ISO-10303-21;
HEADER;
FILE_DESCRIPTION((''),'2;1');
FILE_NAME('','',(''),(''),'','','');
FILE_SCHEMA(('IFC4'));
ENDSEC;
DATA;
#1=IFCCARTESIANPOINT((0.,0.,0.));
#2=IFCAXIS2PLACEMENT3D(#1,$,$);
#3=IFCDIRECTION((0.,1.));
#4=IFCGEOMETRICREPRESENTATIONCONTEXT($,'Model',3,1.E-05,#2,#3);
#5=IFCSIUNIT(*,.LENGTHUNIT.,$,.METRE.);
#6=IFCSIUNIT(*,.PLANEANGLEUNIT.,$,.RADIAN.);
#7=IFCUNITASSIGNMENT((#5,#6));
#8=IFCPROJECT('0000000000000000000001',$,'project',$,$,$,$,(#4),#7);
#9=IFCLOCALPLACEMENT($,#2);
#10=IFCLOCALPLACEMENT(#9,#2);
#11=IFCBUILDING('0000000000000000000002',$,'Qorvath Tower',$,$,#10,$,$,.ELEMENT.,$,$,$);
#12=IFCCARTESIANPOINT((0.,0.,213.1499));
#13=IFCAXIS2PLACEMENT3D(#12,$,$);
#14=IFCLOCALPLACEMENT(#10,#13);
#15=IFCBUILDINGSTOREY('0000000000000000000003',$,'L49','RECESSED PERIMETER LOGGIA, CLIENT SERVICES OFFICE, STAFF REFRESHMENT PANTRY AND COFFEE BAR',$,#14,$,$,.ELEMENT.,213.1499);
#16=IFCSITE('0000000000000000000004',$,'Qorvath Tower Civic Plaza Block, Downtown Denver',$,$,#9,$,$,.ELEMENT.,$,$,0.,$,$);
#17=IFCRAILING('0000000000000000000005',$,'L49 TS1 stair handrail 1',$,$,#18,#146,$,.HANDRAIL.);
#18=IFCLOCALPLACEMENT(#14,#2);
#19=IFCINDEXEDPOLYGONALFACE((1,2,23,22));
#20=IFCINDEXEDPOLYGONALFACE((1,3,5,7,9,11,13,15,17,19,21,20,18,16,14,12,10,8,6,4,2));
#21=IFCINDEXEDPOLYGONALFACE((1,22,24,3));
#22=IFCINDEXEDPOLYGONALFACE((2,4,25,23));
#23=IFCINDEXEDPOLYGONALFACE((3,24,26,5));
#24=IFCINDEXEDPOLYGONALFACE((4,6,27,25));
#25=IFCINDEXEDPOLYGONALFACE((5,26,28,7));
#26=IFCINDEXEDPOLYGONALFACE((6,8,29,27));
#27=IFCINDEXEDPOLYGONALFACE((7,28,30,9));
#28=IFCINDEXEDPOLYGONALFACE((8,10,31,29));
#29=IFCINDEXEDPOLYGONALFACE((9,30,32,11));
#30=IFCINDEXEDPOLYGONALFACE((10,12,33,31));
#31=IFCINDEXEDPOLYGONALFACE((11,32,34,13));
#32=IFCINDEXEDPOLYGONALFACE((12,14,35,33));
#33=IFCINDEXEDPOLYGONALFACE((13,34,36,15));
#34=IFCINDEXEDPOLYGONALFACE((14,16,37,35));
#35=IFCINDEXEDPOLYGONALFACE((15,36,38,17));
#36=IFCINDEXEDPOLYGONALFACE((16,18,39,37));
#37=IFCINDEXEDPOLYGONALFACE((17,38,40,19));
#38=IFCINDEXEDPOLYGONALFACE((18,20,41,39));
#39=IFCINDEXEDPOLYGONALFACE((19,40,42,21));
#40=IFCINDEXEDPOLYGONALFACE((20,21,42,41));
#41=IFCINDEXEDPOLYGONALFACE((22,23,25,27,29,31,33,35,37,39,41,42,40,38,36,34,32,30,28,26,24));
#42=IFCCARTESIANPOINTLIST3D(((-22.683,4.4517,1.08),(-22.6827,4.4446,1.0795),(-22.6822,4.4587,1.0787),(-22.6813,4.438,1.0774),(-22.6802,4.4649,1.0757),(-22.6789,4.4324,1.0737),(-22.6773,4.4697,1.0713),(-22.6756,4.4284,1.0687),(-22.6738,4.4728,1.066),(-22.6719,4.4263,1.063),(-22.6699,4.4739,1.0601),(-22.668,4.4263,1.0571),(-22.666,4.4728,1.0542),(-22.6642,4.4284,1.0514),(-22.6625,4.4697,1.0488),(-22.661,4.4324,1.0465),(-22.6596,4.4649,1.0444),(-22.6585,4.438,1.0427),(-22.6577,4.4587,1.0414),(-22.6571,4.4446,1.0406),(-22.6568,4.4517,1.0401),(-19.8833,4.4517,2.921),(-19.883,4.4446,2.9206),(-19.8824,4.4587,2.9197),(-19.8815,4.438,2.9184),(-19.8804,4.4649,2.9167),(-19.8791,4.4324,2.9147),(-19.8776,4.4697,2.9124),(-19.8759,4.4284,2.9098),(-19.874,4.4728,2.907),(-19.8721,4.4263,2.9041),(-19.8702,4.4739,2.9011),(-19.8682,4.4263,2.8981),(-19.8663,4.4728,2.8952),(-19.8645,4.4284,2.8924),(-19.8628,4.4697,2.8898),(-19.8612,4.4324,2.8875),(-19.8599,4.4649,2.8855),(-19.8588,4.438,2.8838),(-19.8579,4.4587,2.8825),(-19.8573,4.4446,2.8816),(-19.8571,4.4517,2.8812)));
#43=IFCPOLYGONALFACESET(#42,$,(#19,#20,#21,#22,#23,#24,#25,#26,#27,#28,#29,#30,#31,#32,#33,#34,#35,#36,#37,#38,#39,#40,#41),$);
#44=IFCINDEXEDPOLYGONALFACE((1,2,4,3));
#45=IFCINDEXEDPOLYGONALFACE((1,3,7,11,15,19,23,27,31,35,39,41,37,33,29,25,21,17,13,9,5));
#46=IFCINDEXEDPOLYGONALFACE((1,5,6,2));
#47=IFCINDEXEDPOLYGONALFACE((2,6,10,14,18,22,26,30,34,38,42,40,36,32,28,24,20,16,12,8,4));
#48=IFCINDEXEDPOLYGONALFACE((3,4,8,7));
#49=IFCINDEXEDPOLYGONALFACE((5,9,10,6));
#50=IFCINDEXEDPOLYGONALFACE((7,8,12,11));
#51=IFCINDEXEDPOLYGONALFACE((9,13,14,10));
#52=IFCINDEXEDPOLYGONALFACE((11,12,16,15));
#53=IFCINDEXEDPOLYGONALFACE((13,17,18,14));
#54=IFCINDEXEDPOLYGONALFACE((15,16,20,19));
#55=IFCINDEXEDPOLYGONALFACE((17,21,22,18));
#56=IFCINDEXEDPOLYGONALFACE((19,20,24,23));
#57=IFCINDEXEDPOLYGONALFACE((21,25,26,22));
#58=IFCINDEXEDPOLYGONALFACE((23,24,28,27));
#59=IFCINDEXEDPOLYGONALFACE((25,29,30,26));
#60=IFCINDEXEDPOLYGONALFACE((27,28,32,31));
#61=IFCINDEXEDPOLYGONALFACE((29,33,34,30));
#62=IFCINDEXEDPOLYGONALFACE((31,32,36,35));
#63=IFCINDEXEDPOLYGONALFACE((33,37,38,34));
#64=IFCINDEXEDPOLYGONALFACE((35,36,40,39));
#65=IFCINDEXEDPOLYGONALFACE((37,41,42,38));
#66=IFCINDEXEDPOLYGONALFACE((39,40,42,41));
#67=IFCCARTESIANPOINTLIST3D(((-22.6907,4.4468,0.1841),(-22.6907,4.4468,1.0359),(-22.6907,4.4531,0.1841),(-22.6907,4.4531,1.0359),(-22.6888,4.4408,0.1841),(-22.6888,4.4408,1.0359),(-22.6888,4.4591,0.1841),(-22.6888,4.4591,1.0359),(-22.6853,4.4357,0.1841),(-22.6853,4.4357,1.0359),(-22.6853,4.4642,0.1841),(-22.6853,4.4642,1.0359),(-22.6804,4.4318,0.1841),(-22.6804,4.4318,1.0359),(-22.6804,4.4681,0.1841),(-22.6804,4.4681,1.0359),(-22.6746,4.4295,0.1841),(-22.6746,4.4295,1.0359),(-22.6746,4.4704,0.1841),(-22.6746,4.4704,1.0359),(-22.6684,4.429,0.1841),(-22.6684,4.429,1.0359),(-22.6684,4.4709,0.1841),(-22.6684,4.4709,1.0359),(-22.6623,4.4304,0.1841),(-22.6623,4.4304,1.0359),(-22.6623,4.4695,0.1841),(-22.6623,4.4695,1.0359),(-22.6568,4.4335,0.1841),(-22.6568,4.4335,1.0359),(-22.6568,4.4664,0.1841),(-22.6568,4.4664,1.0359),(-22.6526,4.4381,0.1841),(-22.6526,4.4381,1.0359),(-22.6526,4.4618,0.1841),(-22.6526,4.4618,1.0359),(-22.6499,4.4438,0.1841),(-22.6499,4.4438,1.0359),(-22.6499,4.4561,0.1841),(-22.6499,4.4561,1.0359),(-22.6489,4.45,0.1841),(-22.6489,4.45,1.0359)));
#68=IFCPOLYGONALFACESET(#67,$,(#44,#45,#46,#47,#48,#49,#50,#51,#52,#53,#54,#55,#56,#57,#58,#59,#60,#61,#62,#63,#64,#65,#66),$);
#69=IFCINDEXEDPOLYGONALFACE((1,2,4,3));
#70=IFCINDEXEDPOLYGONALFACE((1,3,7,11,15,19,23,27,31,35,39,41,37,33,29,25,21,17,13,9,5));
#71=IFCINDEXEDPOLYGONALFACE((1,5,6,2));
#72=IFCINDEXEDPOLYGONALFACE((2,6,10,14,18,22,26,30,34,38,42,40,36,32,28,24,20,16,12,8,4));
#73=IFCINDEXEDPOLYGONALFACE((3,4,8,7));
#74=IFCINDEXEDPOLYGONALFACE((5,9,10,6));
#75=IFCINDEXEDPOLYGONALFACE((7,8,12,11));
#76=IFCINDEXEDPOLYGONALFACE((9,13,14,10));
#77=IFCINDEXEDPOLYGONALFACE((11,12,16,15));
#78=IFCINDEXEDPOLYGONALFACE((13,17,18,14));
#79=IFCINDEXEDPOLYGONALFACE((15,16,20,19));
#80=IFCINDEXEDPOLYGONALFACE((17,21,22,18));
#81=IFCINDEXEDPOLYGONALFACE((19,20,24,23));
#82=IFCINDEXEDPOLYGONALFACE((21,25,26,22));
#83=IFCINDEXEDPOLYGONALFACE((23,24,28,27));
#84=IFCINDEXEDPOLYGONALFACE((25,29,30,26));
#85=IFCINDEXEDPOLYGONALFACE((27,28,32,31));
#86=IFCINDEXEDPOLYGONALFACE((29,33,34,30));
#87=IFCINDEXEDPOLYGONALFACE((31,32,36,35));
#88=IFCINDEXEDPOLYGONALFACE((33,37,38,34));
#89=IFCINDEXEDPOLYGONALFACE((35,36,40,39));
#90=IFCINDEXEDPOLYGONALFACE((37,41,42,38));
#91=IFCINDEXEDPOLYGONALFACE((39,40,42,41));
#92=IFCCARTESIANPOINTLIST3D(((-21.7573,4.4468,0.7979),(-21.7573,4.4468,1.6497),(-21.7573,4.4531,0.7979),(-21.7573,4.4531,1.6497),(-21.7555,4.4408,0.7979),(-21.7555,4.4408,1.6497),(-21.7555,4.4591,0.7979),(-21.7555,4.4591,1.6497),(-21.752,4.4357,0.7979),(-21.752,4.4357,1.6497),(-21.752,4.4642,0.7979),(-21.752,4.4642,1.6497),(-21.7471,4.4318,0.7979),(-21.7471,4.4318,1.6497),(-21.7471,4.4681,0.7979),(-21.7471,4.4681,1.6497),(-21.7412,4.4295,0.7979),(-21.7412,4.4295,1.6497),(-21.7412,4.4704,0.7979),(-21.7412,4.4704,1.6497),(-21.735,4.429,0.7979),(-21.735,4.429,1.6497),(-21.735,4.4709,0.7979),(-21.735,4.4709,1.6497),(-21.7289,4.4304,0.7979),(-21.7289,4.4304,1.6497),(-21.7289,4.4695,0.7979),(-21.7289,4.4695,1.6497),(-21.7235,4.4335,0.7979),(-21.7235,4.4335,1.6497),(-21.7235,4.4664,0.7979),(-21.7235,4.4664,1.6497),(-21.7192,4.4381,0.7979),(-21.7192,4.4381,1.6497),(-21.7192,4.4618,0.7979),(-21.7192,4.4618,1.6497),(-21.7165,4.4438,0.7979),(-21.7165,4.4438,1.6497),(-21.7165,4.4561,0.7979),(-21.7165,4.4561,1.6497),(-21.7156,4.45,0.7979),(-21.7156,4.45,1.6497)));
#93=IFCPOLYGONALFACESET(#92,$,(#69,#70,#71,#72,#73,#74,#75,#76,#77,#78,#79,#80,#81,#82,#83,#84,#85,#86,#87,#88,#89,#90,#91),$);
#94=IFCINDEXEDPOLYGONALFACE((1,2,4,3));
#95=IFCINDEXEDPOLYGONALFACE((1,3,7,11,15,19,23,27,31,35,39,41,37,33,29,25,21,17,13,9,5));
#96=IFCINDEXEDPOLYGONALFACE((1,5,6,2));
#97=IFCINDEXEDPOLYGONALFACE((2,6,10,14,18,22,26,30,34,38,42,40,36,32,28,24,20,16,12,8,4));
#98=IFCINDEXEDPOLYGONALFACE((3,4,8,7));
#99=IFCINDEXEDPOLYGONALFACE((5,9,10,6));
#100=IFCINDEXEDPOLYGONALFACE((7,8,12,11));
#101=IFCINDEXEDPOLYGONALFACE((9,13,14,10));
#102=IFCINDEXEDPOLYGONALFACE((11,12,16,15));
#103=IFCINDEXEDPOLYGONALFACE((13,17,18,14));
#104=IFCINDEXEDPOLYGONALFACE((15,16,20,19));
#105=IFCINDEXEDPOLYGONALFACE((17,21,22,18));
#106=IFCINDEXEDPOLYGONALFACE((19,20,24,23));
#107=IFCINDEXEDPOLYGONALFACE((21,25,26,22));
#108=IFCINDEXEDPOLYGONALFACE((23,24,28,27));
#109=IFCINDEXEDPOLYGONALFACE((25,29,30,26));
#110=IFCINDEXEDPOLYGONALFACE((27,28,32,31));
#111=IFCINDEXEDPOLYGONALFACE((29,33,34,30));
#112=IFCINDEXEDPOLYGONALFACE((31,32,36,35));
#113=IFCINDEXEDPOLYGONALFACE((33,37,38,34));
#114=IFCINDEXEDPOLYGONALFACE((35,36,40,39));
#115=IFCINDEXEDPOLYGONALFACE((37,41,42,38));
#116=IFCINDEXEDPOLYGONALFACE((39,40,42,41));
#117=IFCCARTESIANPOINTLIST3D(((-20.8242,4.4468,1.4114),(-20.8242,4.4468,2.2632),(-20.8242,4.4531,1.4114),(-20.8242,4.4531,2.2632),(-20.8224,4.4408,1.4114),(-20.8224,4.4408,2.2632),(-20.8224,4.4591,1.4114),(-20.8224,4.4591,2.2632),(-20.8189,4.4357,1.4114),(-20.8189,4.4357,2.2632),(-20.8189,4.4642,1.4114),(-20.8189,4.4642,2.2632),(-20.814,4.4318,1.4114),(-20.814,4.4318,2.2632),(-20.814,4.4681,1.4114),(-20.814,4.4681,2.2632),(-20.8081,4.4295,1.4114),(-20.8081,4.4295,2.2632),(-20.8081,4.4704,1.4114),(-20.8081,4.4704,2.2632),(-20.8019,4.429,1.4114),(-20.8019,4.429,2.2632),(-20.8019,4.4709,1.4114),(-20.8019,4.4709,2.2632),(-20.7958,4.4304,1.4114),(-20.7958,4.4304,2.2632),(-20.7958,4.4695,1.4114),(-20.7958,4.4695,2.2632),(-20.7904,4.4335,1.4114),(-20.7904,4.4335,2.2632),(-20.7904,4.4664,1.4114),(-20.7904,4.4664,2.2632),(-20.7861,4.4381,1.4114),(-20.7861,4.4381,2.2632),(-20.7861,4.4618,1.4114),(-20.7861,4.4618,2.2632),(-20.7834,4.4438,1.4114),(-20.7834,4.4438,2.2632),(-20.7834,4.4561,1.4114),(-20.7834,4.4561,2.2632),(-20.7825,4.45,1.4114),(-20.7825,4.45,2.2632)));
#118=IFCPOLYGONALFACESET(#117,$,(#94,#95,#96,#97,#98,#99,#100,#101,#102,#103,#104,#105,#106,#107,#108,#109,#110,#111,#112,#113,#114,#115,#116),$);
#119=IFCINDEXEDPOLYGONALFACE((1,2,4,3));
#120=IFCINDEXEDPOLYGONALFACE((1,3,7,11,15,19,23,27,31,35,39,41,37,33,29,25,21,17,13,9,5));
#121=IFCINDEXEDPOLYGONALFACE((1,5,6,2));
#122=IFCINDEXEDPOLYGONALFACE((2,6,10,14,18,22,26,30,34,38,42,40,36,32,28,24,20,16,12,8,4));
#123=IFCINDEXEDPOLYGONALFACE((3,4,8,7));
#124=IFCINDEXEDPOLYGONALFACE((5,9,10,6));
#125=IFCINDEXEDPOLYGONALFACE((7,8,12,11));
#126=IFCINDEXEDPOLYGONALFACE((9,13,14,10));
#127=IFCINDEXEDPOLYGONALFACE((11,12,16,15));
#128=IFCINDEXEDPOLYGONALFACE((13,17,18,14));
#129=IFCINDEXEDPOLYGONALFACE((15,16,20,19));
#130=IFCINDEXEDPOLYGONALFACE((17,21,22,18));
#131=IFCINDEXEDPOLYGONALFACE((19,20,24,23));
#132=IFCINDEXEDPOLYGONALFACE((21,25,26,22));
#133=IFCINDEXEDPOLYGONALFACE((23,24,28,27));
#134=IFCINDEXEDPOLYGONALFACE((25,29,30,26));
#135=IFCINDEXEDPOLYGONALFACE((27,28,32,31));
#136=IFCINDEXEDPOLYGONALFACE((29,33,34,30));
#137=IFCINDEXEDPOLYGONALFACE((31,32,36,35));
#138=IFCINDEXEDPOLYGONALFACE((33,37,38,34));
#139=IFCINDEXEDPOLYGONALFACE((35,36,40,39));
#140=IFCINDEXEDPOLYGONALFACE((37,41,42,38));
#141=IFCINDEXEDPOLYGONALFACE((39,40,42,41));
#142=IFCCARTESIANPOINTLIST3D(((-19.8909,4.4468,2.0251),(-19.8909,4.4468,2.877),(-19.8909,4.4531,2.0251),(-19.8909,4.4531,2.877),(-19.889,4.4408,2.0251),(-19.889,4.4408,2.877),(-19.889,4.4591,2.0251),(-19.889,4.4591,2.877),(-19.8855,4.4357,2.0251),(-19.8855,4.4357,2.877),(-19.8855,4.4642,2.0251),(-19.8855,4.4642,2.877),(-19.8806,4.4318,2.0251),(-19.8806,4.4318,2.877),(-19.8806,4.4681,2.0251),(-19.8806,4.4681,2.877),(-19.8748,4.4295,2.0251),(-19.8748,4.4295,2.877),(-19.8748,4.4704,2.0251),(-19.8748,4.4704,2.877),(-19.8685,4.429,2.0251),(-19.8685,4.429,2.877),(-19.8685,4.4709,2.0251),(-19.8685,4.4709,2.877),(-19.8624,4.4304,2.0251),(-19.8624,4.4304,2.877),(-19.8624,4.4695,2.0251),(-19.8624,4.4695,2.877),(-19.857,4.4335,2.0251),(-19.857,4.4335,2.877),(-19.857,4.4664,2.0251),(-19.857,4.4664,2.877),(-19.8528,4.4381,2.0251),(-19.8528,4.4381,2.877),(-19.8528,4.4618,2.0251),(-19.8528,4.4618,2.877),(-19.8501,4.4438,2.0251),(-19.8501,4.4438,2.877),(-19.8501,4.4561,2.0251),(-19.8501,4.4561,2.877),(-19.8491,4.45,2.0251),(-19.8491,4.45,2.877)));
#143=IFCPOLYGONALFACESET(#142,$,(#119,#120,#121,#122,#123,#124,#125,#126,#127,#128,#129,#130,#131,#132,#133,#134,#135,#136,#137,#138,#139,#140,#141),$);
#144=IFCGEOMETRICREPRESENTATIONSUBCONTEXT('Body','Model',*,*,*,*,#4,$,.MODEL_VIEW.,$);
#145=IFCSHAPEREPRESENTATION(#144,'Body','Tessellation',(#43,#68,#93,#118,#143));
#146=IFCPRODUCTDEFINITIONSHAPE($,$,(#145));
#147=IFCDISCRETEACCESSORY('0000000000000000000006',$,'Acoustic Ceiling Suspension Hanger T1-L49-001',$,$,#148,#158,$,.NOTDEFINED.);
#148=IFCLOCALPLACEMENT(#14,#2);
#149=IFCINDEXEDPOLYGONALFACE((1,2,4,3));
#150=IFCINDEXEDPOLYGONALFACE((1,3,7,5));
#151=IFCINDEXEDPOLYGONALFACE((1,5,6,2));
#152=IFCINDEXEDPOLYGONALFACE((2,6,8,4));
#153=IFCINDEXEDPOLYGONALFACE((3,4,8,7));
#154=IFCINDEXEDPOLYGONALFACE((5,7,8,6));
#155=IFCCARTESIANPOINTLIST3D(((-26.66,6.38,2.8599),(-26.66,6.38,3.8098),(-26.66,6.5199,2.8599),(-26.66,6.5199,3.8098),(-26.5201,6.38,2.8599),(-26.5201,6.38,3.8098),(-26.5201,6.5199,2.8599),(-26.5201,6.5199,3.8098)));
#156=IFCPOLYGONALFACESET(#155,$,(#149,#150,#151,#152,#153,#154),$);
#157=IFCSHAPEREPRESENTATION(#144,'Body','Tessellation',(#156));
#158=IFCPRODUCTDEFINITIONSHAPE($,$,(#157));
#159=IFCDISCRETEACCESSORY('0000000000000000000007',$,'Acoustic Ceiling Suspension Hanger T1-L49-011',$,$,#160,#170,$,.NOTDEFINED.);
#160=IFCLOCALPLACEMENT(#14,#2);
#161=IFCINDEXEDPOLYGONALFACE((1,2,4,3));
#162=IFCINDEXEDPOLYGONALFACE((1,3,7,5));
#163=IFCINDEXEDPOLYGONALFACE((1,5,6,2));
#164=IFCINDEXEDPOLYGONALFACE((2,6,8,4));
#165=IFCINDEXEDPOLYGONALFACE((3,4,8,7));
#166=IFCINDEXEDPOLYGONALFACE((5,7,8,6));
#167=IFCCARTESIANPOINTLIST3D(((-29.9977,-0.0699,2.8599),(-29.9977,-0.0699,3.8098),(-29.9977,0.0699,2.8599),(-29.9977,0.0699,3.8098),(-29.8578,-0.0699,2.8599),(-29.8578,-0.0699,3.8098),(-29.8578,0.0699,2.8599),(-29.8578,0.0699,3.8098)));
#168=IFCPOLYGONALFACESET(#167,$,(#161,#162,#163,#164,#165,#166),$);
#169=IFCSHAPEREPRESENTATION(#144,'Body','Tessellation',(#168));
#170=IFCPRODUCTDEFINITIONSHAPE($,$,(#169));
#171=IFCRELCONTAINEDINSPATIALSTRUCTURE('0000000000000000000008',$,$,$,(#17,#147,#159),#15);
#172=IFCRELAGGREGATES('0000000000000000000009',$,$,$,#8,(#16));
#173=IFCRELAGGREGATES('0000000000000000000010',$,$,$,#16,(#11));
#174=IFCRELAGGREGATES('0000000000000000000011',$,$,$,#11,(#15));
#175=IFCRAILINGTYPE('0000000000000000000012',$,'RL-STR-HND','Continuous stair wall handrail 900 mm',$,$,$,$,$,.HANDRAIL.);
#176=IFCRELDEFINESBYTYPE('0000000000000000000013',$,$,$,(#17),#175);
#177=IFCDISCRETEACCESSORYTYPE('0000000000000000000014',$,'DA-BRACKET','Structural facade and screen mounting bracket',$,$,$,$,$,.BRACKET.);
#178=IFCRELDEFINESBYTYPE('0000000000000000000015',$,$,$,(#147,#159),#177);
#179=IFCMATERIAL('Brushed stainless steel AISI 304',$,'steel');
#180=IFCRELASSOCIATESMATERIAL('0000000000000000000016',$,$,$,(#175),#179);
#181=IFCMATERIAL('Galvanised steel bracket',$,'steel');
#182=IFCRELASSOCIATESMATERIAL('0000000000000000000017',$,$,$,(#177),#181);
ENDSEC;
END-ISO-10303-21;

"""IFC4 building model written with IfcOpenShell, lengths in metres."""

from ifc_helpers import new_model, si_unit, direction, frame, origin, origin_2d, place, context, subcontext, project, spatial, rectangle, circle, extrude, material, type_object, element, save


model = new_model("IFC4")

# Units and contexts
model_context = context("Model", 3, precision=1e-05, world=origin(), true_north=direction((0.0, 1.0)))
body_context = subcontext(model_context, "Body", "Model", "MODEL_VIEW")
ifc_project = project(units=[si_unit("LENGTHUNIT", "METRE"), si_unit("PLANEANGLEUNIT", "RADIAN")], contexts=[model_context])

# Site, building, storey
site_placement = place(None, origin())
site = spatial("IfcSite", under=ifc_project, at=site_placement, Name="Qorvath Tower Civic Plaza Block, Downtown Denver", CompositionType="ELEMENT", RefElevation=0.0)
building_placement = place(site_placement, origin())
building = spatial("IfcBuilding", under=site, at=building_placement, Name="Qorvath Tower", CompositionType="ELEMENT")
storey_placement = place(building_placement, frame((0.0, 0.0, 213.1499)))
storey = spatial("IfcBuildingStorey", under=building, at=storey_placement, Name="L49", Description="RECESSED PERIMETER LOGGIA, CLIENT SERVICES OFFICE, STAFF REFRESHMENT PANTRY AND COFFEE BAR", CompositionType="ELEMENT", Elevation=213.1499)

# Railing
ifc_material_1 = material(Name="Brushed stainless steel AISI 304", Category="steel")
railing_type_1 = type_object("IfcRailingType", Name="RL-STR-HND", Description="Continuous stair wall handrail 900 mm", PredefinedType="HANDRAIL", material=ifc_material_1)
railing_1_placement = place(storey_placement, frame((-22.6699, 4.45, 0.1841)))
element("IfcRailing", 1, at=railing_1_placement, inside=storey, type_object=railing_type_1, Name="L49 TS1 stair handrail 1", PredefinedType="HANDRAIL", context=body_context, shape_type="SweptSolid", body=[
    extrude(circle(Radius=0.0239, at=origin_2d()), frame((0.0, 0.0, 0.876), z_axis=(0.835542, 0.0, 0.549426), x_axis=(0.0, 1.0, 0.0)), (0.0, 0.0, 1.0), 3.3508),
    extrude(circle(Radius=0.021, at=origin_2d()), origin(), (0.0, 0.0, 1.0), 0.8518),
    extrude(circle(Radius=0.021, at=origin_2d()), frame((0.9333, 0.0, 0.6138)), (0.0, 0.0, 1.0), 0.8518),
    extrude(circle(Radius=0.021, at=origin_2d()), frame((1.8665, 0.0, 1.2273)), (0.0, 0.0, 1.0), 0.8518),
    extrude(circle(Radius=0.021, at=origin_2d()), frame((2.7998, 0.0, 1.8411)), (0.0, 0.0, 1.0), 0.8518),
])

# Discrete accessories
ifc_material_2 = material(Name="Galvanised steel bracket", Category="steel")
discrete_accessory_type = type_object("IfcDiscreteAccessoryType", Name="DA-BRACKET", Description="Structural facade and screen mounting bracket", PredefinedType="BRACKET", material=ifc_material_2)
for number, where, z_axis, x_axis, name in (
    (2, (-26.5901, 6.45, 2.8599), (0.0, 0.0, 1.0), (1.0, 0.0, 0.0), "Acoustic Ceiling Suspension Hanger T1-L49-001"),
    (3, (-29.9277, 0.0, 2.8599), (0.0, 0.0, 1.0), (1.0, 0.0, 0.0), "Acoustic Ceiling Suspension Hanger T1-L49-011"),
):
    element("IfcDiscreteAccessory", number, at=place(storey_placement, frame(where, z_axis=z_axis, x_axis=x_axis)), inside=storey, type_object=discrete_accessory_type, Name=name, PredefinedType="NOTDEFINED", context=body_context, shape_type="SweptSolid", body=[
        extrude(rectangle(XDim=0.1399, YDim=0.1399, at=origin_2d()), origin(), (0.0, 0.0, 1.0), 0.95),
    ])

save(model, "model.ifc")
